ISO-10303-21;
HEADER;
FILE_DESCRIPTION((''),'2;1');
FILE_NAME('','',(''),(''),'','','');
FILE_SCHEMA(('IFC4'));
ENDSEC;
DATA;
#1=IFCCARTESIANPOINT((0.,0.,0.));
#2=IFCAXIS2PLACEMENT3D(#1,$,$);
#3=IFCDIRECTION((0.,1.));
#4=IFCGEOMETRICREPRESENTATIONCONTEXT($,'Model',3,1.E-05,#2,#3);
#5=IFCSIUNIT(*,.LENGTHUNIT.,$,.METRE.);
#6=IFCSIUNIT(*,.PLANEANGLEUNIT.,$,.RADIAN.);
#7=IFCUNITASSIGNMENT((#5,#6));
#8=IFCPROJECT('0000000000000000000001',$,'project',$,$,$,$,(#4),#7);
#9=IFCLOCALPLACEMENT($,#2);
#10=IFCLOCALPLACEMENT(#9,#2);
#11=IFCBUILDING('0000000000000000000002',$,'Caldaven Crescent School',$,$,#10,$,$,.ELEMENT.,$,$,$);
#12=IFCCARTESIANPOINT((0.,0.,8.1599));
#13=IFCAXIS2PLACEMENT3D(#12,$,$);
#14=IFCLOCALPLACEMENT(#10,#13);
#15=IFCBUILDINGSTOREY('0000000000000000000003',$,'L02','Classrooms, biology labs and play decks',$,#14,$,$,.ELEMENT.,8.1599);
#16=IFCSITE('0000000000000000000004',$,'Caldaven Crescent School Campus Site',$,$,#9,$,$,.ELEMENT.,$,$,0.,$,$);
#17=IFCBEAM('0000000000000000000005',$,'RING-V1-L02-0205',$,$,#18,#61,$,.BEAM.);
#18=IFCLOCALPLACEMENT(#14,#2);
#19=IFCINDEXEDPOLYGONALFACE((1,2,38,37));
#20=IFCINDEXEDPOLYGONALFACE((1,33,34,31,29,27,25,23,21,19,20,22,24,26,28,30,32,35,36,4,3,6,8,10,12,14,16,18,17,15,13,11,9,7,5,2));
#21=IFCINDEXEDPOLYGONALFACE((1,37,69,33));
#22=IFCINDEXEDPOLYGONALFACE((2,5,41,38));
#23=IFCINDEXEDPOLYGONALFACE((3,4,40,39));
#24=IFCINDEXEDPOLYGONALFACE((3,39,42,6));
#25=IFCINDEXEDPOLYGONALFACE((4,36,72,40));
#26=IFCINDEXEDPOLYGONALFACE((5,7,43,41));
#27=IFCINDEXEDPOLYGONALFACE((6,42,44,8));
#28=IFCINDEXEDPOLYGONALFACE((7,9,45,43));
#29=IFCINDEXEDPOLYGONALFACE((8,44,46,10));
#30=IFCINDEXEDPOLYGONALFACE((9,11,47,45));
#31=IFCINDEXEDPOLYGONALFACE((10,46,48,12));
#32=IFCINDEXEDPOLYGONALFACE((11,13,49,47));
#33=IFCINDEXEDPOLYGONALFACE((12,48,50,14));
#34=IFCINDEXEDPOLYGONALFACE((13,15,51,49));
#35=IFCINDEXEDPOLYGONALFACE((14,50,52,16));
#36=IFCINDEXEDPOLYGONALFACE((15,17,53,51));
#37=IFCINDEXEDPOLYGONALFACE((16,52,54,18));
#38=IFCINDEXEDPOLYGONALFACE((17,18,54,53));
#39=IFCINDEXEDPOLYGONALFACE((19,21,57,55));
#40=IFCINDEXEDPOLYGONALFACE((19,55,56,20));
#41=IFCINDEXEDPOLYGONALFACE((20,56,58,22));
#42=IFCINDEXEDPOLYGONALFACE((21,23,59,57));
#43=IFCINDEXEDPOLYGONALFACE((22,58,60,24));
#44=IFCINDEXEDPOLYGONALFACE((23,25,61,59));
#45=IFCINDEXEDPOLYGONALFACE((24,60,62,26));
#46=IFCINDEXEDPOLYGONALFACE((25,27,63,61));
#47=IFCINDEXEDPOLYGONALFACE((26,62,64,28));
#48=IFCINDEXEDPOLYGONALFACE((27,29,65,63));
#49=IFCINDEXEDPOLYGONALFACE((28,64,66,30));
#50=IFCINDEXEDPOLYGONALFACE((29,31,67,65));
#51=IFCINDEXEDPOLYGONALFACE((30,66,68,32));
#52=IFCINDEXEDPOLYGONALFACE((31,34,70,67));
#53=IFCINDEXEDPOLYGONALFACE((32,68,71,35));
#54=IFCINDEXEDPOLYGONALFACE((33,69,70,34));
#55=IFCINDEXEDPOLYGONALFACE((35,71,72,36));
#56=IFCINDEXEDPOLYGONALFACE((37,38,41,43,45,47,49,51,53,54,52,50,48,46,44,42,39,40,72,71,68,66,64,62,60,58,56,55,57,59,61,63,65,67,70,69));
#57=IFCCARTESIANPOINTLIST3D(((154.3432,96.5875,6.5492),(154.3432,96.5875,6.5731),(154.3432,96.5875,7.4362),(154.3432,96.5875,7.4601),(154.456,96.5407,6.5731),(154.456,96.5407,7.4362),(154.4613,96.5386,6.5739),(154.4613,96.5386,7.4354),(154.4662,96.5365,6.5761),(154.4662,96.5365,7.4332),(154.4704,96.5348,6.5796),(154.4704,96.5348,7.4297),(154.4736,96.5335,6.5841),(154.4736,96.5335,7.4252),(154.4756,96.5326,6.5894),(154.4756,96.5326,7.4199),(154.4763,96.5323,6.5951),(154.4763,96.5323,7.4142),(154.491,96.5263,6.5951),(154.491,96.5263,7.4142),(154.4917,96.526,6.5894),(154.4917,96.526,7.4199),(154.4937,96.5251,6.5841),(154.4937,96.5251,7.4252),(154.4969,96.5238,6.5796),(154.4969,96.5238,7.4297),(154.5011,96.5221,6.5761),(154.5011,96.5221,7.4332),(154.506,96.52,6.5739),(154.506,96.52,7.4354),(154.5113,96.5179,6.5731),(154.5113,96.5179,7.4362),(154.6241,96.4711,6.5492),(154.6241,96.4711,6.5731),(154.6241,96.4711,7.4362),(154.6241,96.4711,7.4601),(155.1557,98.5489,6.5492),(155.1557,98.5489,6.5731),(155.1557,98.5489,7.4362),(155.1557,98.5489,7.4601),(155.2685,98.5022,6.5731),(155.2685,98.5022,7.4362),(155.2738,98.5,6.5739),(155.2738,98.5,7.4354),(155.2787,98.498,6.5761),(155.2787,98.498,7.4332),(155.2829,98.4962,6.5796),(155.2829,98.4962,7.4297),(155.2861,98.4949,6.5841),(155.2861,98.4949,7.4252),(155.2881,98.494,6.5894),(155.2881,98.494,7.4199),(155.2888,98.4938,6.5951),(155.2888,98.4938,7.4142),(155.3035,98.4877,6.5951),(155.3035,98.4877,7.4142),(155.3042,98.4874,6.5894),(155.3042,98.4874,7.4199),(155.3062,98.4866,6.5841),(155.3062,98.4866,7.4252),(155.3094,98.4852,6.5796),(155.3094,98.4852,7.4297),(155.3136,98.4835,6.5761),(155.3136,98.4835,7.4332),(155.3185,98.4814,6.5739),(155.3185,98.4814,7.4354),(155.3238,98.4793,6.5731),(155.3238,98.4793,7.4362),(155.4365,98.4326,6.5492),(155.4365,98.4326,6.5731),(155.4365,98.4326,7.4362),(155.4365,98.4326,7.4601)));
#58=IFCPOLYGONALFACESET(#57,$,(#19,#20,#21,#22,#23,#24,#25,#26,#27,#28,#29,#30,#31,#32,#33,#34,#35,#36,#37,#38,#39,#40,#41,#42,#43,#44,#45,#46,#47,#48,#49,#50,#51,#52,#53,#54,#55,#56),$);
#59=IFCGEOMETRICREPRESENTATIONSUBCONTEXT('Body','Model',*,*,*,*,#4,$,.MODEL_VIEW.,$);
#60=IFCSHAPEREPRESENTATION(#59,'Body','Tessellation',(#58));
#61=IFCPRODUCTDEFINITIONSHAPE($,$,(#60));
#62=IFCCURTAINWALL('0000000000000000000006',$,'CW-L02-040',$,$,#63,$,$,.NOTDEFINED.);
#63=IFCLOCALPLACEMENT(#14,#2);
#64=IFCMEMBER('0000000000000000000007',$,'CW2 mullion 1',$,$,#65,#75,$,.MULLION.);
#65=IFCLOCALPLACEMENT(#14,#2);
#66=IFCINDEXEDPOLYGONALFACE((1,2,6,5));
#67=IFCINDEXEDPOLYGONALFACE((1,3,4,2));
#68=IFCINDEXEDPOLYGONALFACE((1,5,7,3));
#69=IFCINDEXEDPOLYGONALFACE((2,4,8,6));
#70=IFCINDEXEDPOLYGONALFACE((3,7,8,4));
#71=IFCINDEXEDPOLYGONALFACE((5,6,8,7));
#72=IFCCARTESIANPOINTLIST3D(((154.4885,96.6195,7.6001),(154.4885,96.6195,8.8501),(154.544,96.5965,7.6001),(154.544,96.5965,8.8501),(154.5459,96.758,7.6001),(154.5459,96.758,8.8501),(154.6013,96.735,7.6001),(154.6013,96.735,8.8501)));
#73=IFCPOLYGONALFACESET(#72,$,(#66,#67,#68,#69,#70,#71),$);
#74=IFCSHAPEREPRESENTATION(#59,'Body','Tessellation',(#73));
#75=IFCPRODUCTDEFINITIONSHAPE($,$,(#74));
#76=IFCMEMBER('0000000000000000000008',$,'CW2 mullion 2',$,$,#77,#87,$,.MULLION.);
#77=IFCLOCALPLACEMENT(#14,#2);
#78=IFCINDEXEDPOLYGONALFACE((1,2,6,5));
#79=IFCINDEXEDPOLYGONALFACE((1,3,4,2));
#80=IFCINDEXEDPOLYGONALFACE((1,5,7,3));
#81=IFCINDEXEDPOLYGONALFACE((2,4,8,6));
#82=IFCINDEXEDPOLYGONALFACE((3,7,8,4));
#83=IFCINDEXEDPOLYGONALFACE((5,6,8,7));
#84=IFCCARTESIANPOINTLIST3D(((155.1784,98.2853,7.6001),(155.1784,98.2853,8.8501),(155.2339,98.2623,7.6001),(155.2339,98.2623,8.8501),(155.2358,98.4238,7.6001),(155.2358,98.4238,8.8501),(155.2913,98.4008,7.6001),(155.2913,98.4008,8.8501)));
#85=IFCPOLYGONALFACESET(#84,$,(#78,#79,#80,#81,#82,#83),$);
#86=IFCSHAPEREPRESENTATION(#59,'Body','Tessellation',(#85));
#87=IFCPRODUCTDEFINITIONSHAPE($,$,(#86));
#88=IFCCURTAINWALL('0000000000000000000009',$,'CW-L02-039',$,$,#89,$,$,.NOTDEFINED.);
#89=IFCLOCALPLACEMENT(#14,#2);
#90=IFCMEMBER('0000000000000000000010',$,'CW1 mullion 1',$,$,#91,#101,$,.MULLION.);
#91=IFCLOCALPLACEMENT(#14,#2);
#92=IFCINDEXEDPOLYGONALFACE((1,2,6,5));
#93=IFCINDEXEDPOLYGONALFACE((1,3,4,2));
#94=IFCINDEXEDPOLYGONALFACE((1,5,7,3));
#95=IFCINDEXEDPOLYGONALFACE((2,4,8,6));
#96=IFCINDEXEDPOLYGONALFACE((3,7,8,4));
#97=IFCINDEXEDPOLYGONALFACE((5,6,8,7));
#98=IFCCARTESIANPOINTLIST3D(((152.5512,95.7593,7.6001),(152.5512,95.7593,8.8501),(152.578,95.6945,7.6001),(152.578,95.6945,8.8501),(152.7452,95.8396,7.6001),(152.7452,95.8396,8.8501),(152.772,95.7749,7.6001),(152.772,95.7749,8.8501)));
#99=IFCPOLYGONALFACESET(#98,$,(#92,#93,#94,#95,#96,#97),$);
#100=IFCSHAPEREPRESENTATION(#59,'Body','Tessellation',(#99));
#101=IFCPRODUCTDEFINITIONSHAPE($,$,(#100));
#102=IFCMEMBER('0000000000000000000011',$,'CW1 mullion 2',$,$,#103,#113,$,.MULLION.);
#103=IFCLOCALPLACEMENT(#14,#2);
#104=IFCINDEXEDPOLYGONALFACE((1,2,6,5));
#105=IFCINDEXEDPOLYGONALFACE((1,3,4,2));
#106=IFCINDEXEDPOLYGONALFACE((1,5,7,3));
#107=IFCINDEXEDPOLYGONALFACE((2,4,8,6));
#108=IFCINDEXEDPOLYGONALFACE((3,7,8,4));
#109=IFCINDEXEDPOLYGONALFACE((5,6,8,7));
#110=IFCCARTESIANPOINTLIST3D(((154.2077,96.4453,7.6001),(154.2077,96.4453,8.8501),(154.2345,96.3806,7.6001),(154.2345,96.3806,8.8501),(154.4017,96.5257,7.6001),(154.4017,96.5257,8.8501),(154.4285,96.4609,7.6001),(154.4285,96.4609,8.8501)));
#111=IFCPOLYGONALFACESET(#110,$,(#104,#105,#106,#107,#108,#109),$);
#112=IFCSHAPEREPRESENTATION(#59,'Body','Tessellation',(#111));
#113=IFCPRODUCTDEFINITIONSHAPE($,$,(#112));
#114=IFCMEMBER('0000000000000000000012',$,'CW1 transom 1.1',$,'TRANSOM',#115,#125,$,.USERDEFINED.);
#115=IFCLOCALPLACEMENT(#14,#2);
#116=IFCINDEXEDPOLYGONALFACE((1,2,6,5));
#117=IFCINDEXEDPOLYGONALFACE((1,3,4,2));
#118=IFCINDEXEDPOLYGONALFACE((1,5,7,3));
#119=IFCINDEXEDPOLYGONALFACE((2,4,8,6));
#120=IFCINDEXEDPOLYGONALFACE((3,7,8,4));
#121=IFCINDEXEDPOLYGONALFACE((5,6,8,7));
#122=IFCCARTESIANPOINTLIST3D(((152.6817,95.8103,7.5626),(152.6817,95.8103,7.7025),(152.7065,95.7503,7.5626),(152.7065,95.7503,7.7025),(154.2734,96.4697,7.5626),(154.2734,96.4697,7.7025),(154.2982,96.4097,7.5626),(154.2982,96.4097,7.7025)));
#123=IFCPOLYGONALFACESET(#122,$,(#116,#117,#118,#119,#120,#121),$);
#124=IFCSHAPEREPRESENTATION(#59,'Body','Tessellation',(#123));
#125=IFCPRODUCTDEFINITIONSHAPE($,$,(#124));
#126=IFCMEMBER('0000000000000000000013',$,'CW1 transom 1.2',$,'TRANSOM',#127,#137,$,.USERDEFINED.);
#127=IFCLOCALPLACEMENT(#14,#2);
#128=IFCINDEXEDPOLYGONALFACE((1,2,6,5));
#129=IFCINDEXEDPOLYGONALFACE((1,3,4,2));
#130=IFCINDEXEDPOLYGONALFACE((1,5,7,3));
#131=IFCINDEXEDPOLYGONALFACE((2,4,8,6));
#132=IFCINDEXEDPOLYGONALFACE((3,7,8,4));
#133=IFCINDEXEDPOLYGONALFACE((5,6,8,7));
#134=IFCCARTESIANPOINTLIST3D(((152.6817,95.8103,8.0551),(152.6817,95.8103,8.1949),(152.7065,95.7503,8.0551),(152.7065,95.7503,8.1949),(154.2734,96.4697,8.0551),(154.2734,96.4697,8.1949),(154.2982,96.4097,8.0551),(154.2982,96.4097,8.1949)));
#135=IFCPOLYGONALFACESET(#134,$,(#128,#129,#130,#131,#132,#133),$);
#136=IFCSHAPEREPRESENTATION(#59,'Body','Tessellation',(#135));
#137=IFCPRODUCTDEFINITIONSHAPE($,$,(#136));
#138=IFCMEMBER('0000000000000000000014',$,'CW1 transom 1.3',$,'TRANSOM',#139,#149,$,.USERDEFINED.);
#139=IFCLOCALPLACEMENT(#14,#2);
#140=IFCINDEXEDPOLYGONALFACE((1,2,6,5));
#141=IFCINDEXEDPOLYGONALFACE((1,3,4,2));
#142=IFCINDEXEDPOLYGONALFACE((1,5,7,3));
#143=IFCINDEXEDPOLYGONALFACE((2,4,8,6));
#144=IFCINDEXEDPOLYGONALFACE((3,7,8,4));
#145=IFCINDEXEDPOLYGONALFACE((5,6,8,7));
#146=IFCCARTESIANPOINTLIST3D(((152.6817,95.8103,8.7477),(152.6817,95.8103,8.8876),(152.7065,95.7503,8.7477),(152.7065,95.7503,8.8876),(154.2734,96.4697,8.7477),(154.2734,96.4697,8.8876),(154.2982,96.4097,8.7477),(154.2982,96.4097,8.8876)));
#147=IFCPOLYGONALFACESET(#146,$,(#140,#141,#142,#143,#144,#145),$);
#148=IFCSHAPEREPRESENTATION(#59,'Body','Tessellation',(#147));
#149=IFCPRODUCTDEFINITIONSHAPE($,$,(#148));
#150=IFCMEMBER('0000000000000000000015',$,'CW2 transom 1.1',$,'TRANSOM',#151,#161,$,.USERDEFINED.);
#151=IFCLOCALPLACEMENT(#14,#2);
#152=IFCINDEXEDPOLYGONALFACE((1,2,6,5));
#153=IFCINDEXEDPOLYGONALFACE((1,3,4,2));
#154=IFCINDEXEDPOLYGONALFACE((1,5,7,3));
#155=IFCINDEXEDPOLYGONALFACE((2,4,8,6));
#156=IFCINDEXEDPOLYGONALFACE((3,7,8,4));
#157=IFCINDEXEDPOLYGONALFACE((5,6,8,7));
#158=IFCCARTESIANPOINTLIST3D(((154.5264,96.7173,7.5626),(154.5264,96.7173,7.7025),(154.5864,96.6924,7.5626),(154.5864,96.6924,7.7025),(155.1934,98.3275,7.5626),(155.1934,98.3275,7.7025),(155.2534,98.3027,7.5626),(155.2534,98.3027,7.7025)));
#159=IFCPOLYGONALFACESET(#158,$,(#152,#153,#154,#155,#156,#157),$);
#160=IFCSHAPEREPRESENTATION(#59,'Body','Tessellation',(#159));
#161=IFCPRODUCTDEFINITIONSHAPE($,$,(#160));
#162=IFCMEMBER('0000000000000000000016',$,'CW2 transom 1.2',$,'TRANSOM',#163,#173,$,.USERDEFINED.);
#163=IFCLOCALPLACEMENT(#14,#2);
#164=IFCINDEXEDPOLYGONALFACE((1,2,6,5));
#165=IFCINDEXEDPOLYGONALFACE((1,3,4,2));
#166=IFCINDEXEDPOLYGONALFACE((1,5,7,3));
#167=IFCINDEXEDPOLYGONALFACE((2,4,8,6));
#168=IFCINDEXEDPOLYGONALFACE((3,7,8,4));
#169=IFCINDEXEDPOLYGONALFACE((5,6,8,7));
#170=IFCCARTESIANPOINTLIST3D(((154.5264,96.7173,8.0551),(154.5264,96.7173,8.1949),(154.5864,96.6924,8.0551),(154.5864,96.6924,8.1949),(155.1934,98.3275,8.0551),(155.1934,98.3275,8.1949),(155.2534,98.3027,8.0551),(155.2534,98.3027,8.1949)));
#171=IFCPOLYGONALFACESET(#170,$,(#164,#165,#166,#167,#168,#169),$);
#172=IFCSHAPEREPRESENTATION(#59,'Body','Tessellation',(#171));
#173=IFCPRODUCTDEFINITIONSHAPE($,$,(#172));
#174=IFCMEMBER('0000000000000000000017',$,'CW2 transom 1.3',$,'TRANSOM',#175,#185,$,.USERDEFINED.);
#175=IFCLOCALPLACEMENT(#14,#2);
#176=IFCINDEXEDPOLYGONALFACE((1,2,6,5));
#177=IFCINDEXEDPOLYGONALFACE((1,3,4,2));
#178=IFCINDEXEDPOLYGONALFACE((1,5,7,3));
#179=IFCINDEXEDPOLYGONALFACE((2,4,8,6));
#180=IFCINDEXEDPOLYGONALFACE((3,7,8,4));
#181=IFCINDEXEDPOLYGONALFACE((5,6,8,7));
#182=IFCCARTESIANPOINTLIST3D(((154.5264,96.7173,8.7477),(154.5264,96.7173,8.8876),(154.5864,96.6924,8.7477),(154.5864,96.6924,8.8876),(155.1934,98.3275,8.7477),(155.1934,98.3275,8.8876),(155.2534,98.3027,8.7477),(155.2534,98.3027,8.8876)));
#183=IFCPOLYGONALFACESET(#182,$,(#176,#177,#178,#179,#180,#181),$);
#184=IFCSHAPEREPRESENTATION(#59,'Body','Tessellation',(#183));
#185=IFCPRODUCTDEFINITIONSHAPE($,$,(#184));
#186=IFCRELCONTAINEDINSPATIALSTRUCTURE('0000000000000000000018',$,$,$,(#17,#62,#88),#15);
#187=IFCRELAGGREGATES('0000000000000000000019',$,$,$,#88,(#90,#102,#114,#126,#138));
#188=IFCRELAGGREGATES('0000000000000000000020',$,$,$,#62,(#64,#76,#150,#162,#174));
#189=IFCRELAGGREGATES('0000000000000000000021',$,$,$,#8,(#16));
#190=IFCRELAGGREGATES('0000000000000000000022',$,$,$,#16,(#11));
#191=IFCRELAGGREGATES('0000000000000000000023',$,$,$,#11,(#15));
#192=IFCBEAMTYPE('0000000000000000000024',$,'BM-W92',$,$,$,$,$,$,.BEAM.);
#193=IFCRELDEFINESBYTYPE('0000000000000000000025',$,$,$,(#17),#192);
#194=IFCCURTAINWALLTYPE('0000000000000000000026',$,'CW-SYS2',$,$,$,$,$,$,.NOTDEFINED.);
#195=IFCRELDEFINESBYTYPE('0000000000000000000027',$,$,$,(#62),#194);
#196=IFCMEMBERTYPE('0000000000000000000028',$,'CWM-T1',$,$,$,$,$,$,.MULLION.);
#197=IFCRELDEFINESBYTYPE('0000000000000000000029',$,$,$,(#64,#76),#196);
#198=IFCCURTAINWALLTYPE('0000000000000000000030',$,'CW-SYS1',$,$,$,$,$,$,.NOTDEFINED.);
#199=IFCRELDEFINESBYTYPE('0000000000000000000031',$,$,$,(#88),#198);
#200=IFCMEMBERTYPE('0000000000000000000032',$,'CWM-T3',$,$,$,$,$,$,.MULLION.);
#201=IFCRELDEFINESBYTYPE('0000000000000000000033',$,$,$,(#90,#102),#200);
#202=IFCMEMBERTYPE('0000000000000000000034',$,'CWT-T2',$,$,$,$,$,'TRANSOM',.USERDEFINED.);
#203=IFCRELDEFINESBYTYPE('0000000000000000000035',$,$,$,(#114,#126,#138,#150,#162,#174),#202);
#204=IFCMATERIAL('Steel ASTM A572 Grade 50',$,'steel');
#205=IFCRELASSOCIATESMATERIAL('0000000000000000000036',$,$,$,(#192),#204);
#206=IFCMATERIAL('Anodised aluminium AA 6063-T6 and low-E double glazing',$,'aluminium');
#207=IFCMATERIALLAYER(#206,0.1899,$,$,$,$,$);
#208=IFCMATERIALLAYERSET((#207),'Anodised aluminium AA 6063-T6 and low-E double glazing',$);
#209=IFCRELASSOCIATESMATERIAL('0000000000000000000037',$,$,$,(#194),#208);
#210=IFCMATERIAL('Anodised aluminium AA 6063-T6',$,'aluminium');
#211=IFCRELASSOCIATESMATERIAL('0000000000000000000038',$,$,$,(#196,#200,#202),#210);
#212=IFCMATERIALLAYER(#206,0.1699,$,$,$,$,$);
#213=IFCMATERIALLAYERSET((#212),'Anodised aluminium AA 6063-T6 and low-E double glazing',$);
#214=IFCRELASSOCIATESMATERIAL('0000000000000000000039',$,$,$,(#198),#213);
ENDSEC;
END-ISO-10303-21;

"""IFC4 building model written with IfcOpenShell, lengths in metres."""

from ifc_helpers import new_model, si_unit, direction, frame, origin, origin_2d, place, context, subcontext, project, spatial, rectangle, i_section, extrude, material, layer, layer_set, material_profile, profile_set, type_object, element, aggregate, save


model = new_model("IFC4")

# Units and contexts
model_context = context("Model", 3, precision=1e-05, world=origin(), true_north=direction((0.0, 1.0)))
body_context = subcontext(model_context, "Body", "Model", "MODEL_VIEW")
ifc_project = project(units=[si_unit("LENGTHUNIT", "METRE"), si_unit("PLANEANGLEUNIT", "RADIAN")], contexts=[model_context])

# Site, building, storey
site_placement = place(None, origin())
site = spatial("IfcSite", under=ifc_project, at=site_placement, Name="Caldaven Crescent School Campus Site", CompositionType="ELEMENT", RefElevation=0.0)
building_placement = place(site_placement, origin())
building = spatial("IfcBuilding", under=site, at=building_placement, Name="Caldaven Crescent School", CompositionType="ELEMENT")
storey_placement = place(building_placement, frame((0.0, 0.0, 8.1599)))
storey = spatial("IfcBuildingStorey", under=building, at=storey_placement, Name="L02", Description="Classrooms, biology labs and play decks", CompositionType="ELEMENT", Elevation=8.1599)

# Shared definitions
ifc_material_1 = material(Name="Steel ASTM A572 Grade 50", Category="steel")

# Beam
ifc_material_profile_1 = material_profile(ifc_material_1, i_section(OverallWidth=0.304, OverallDepth=0.9109, WebThickness=0.0159, FlangeThickness=0.0239, FilletRadius=0.022, at=origin_2d()), Name="W920x223")
ifc_profile_set_1 = profile_set([ifc_material_profile_1], Name="Steel ASTM A572 Grade 50")
beam_type_1 = type_object("IfcBeamType", Name="BM-W92", PredefinedType="BEAM", material=ifc_profile_set_1)
beam_1_placement = place(storey_placement, frame((154.4836, 96.5293, 7.0046), z_axis=(0.382704, 0.923871, 0.0), x_axis=(-0.923871, 0.382704, 0.0)))
element("IfcBeam", 1, at=beam_1_placement, inside=storey, type_object=beam_type_1, Name="RING-V1-L02-0205", PredefinedType="BEAM", context=body_context, shape_type="SweptSolid", body=[
    extrude(i_section(OverallWidth=0.304, OverallDepth=0.9109, WebThickness=0.0159, FlangeThickness=0.0239, FilletRadius=0.022, at=origin_2d()), origin(), (0.0, 0.0, 1.0), 2.123),
])

# Curtain walls, members
ifc_material_2 = material(Name="Anodised aluminium AA 6063-T6 and low-E double glazing", Category="aluminium")
ifc_layer_1 = layer(ifc_material_2, 0.1899)
ifc_layer_set_1 = layer_set([ifc_layer_1], Name="Anodised aluminium AA 6063-T6 and low-E double glazing")
curtain_wall_type_1 = type_object("IfcCurtainWallType", Name="CW-SYS2", PredefinedType="NOTDEFINED", material=ifc_layer_set_1)
curtain_wall_1_placement = place(storey_placement, origin())
curtain_wall_1 = element("IfcCurtainWall", 2, at=curtain_wall_1_placement, inside=storey, type_object=curtain_wall_type_1, Name="CW-L02-040", PredefinedType="NOTDEFINED")
ifc_material_3 = material(Name="Anodised aluminium AA 6063-T6", Category="aluminium")
ifc_material_profile_2 = material_profile(ifc_material_3, rectangle(XDim=0.0601, YDim=0.1499, at=origin_2d()), Name="CWM 60x150")
ifc_profile_set_2 = profile_set([ifc_material_profile_2], Name="Anodised aluminium AA 6063-T6")
member_type_1 = type_object("IfcMemberType", Name="CWM-T1", PredefinedType="MULLION", material=ifc_profile_set_2)
member_1_placement = place(storey_placement, frame((154.5449, 96.6772, 7.6001), z_axis=(0.0, 0.0, 1.0), x_axis=(-0.92388, 0.382682, 0.0)))
member_1 = element("IfcMember", 3, at=member_1_placement, type_object=member_type_1, Name="CW2 mullion 1", PredefinedType="MULLION", context=body_context, shape_type="SweptSolid", body=[
    extrude(rectangle(XDim=0.0601, YDim=0.1499, at=origin_2d()), origin(), (0.0, 0.0, 1.0), 1.25),
])
member_2_placement = place(storey_placement, frame((155.2349, 98.343, 7.6001), z_axis=(0.0, 0.0, 1.0), x_axis=(-0.92388, 0.382682, 0.0)))
member_2 = element("IfcMember", 4, at=member_2_placement, type_object=member_type_1, Name="CW2 mullion 2", PredefinedType="MULLION", context=body_context, shape_type="SweptSolid", body=[
    extrude(rectangle(XDim=0.0601, YDim=0.1499, at=origin_2d()), origin(), (0.0, 0.0, 1.0), 1.25),
])
ifc_layer_2 = layer(ifc_material_2, 0.1699)
ifc_layer_set_2 = layer_set([ifc_layer_2], Name="Anodised aluminium AA 6063-T6 and low-E double glazing")
curtain_wall_type_2 = type_object("IfcCurtainWallType", Name="CW-SYS1", PredefinedType="NOTDEFINED", material=ifc_layer_set_2)
curtain_wall_2_placement = place(storey_placement, origin())
curtain_wall_2 = element("IfcCurtainWall", 5, at=curtain_wall_2_placement, inside=storey, type_object=curtain_wall_type_2, Name="CW-L02-039", PredefinedType="NOTDEFINED")
ifc_material_profile_3 = material_profile(ifc_material_3, rectangle(XDim=0.0701, YDim=0.21, at=origin_2d()), Name="CWM 70x210")
ifc_profile_set_3 = profile_set([ifc_material_profile_3], Name="Anodised aluminium AA 6063-T6")
member_type_2 = type_object("IfcMemberType", Name="CWM-T3", PredefinedType="MULLION", material=ifc_profile_set_3)
member_3_placement = place(storey_placement, frame((152.6616, 95.7671, 7.6001), z_axis=(0.0, 0.0, 1.0), x_axis=(-0.382682, 0.92388, 0.0)))
member_3 = element("IfcMember", 6, at=member_3_placement, type_object=member_type_2, Name="CW1 mullion 1", PredefinedType="MULLION", context=body_context, shape_type="SweptSolid", body=[
    extrude(rectangle(XDim=0.0701, YDim=0.21, at=origin_2d()), origin(), (0.0, 0.0, 1.0), 1.25),
])
member_4_placement = place(storey_placement, frame((154.3181, 96.4531, 7.6001), z_axis=(0.0, 0.0, 1.0), x_axis=(-0.382682, 0.92388, 0.0)))
member_4 = element("IfcMember", 7, at=member_4_placement, type_object=member_type_2, Name="CW1 mullion 2", PredefinedType="MULLION", context=body_context, shape_type="SweptSolid", body=[
    extrude(rectangle(XDim=0.0701, YDim=0.21, at=origin_2d()), origin(), (0.0, 0.0, 1.0), 1.25),
])
ifc_material_profile_4 = material_profile(ifc_material_3, rectangle(XDim=0.0649, YDim=0.1399, at=origin_2d()), Name="CWT 65x140")
ifc_profile_set_4 = profile_set([ifc_material_profile_4], Name="Anodised aluminium AA 6063-T6")
member_type_3 = type_object("IfcMemberType", Name="CWT-T2", ElementType="TRANSOM", PredefinedType="USERDEFINED", material=ifc_profile_set_4)
member_5_placement = place(storey_placement, frame((152.6941, 95.7803, 7.6326), z_axis=(0.923863, 0.382723, 0.0), x_axis=(-0.382723, 0.923863, 0.0)))
member_5 = element("IfcMember", 8, at=member_5_placement, type_object=member_type_3, Name="CW1 transom 1.1", ObjectType="TRANSOM", PredefinedType="USERDEFINED", context=body_context, shape_type="SweptSolid", body=[
    extrude(rectangle(XDim=0.0649, YDim=0.1399, at=origin_2d()), origin(), (0.0, 0.0, 1.0), 1.7229),
])
member_6_placement = place(storey_placement, frame((152.6941, 95.7803, 8.125), z_axis=(0.923863, 0.382723, 0.0), x_axis=(-0.382723, 0.923863, 0.0)))
member_6 = element("IfcMember", 9, at=member_6_placement, type_object=member_type_3, Name="CW1 transom 1.2", ObjectType="TRANSOM", PredefinedType="USERDEFINED", context=body_context, shape_type="SweptSolid", body=[
    extrude(rectangle(XDim=0.0649, YDim=0.1399, at=origin_2d()), origin(), (0.0, 0.0, 1.0), 1.7229),
])
member_7_placement = place(storey_placement, frame((152.6941, 95.7803, 8.8176), z_axis=(0.923863, 0.382723, 0.0), x_axis=(-0.382723, 0.923863, 0.0)))
member_7 = element("IfcMember", 10, at=member_7_placement, type_object=member_type_3, Name="CW1 transom 1.3", ObjectType="TRANSOM", PredefinedType="USERDEFINED", context=body_context, shape_type="SweptSolid", body=[
    extrude(rectangle(XDim=0.0649, YDim=0.1399, at=origin_2d()), origin(), (0.0, 0.0, 1.0), 1.7229),
])

# Members
member_8_placement = place(storey_placement, frame((154.5564, 96.7048, 7.6326), z_axis=(0.382665, 0.923887, 0.0), x_axis=(-0.923887, 0.382665, 0.0)))
member_8 = element("IfcMember", 11, at=member_8_placement, type_object=member_type_3, Name="CW2 transom 1.1", ObjectType="TRANSOM", PredefinedType="USERDEFINED", context=body_context, shape_type="SweptSolid", body=[
    extrude(rectangle(XDim=0.0649, YDim=0.1399, at=origin_2d()), origin(), (0.0, 0.0, 1.0), 1.7429),
])
member_9_placement = place(storey_placement, frame((154.5564, 96.7048, 8.125), z_axis=(0.382665, 0.923887, 0.0), x_axis=(-0.923887, 0.382665, 0.0)))
member_9 = element("IfcMember", 12, at=member_9_placement, type_object=member_type_3, Name="CW2 transom 1.2", ObjectType="TRANSOM", PredefinedType="USERDEFINED", context=body_context, shape_type="SweptSolid", body=[
    extrude(rectangle(XDim=0.0649, YDim=0.1399, at=origin_2d()), origin(), (0.0, 0.0, 1.0), 1.7429),
])
member_10_placement = place(storey_placement, frame((154.5564, 96.7048, 8.8176), z_axis=(0.382665, 0.923887, 0.0), x_axis=(-0.923887, 0.382665, 0.0)))
member_10 = element("IfcMember", 13, at=member_10_placement, type_object=member_type_3, Name="CW2 transom 1.3", ObjectType="TRANSOM", PredefinedType="USERDEFINED", context=body_context, shape_type="SweptSolid", body=[
    extrude(rectangle(XDim=0.0649, YDim=0.1399, at=origin_2d()), origin(), (0.0, 0.0, 1.0), 1.7429),
])

aggregate(curtain_wall_2, [member_3, member_4, member_5, member_6, member_7])
aggregate(curtain_wall_1, [member_1, member_2, member_8, member_9, member_10])

save(model, "model.ifc")
